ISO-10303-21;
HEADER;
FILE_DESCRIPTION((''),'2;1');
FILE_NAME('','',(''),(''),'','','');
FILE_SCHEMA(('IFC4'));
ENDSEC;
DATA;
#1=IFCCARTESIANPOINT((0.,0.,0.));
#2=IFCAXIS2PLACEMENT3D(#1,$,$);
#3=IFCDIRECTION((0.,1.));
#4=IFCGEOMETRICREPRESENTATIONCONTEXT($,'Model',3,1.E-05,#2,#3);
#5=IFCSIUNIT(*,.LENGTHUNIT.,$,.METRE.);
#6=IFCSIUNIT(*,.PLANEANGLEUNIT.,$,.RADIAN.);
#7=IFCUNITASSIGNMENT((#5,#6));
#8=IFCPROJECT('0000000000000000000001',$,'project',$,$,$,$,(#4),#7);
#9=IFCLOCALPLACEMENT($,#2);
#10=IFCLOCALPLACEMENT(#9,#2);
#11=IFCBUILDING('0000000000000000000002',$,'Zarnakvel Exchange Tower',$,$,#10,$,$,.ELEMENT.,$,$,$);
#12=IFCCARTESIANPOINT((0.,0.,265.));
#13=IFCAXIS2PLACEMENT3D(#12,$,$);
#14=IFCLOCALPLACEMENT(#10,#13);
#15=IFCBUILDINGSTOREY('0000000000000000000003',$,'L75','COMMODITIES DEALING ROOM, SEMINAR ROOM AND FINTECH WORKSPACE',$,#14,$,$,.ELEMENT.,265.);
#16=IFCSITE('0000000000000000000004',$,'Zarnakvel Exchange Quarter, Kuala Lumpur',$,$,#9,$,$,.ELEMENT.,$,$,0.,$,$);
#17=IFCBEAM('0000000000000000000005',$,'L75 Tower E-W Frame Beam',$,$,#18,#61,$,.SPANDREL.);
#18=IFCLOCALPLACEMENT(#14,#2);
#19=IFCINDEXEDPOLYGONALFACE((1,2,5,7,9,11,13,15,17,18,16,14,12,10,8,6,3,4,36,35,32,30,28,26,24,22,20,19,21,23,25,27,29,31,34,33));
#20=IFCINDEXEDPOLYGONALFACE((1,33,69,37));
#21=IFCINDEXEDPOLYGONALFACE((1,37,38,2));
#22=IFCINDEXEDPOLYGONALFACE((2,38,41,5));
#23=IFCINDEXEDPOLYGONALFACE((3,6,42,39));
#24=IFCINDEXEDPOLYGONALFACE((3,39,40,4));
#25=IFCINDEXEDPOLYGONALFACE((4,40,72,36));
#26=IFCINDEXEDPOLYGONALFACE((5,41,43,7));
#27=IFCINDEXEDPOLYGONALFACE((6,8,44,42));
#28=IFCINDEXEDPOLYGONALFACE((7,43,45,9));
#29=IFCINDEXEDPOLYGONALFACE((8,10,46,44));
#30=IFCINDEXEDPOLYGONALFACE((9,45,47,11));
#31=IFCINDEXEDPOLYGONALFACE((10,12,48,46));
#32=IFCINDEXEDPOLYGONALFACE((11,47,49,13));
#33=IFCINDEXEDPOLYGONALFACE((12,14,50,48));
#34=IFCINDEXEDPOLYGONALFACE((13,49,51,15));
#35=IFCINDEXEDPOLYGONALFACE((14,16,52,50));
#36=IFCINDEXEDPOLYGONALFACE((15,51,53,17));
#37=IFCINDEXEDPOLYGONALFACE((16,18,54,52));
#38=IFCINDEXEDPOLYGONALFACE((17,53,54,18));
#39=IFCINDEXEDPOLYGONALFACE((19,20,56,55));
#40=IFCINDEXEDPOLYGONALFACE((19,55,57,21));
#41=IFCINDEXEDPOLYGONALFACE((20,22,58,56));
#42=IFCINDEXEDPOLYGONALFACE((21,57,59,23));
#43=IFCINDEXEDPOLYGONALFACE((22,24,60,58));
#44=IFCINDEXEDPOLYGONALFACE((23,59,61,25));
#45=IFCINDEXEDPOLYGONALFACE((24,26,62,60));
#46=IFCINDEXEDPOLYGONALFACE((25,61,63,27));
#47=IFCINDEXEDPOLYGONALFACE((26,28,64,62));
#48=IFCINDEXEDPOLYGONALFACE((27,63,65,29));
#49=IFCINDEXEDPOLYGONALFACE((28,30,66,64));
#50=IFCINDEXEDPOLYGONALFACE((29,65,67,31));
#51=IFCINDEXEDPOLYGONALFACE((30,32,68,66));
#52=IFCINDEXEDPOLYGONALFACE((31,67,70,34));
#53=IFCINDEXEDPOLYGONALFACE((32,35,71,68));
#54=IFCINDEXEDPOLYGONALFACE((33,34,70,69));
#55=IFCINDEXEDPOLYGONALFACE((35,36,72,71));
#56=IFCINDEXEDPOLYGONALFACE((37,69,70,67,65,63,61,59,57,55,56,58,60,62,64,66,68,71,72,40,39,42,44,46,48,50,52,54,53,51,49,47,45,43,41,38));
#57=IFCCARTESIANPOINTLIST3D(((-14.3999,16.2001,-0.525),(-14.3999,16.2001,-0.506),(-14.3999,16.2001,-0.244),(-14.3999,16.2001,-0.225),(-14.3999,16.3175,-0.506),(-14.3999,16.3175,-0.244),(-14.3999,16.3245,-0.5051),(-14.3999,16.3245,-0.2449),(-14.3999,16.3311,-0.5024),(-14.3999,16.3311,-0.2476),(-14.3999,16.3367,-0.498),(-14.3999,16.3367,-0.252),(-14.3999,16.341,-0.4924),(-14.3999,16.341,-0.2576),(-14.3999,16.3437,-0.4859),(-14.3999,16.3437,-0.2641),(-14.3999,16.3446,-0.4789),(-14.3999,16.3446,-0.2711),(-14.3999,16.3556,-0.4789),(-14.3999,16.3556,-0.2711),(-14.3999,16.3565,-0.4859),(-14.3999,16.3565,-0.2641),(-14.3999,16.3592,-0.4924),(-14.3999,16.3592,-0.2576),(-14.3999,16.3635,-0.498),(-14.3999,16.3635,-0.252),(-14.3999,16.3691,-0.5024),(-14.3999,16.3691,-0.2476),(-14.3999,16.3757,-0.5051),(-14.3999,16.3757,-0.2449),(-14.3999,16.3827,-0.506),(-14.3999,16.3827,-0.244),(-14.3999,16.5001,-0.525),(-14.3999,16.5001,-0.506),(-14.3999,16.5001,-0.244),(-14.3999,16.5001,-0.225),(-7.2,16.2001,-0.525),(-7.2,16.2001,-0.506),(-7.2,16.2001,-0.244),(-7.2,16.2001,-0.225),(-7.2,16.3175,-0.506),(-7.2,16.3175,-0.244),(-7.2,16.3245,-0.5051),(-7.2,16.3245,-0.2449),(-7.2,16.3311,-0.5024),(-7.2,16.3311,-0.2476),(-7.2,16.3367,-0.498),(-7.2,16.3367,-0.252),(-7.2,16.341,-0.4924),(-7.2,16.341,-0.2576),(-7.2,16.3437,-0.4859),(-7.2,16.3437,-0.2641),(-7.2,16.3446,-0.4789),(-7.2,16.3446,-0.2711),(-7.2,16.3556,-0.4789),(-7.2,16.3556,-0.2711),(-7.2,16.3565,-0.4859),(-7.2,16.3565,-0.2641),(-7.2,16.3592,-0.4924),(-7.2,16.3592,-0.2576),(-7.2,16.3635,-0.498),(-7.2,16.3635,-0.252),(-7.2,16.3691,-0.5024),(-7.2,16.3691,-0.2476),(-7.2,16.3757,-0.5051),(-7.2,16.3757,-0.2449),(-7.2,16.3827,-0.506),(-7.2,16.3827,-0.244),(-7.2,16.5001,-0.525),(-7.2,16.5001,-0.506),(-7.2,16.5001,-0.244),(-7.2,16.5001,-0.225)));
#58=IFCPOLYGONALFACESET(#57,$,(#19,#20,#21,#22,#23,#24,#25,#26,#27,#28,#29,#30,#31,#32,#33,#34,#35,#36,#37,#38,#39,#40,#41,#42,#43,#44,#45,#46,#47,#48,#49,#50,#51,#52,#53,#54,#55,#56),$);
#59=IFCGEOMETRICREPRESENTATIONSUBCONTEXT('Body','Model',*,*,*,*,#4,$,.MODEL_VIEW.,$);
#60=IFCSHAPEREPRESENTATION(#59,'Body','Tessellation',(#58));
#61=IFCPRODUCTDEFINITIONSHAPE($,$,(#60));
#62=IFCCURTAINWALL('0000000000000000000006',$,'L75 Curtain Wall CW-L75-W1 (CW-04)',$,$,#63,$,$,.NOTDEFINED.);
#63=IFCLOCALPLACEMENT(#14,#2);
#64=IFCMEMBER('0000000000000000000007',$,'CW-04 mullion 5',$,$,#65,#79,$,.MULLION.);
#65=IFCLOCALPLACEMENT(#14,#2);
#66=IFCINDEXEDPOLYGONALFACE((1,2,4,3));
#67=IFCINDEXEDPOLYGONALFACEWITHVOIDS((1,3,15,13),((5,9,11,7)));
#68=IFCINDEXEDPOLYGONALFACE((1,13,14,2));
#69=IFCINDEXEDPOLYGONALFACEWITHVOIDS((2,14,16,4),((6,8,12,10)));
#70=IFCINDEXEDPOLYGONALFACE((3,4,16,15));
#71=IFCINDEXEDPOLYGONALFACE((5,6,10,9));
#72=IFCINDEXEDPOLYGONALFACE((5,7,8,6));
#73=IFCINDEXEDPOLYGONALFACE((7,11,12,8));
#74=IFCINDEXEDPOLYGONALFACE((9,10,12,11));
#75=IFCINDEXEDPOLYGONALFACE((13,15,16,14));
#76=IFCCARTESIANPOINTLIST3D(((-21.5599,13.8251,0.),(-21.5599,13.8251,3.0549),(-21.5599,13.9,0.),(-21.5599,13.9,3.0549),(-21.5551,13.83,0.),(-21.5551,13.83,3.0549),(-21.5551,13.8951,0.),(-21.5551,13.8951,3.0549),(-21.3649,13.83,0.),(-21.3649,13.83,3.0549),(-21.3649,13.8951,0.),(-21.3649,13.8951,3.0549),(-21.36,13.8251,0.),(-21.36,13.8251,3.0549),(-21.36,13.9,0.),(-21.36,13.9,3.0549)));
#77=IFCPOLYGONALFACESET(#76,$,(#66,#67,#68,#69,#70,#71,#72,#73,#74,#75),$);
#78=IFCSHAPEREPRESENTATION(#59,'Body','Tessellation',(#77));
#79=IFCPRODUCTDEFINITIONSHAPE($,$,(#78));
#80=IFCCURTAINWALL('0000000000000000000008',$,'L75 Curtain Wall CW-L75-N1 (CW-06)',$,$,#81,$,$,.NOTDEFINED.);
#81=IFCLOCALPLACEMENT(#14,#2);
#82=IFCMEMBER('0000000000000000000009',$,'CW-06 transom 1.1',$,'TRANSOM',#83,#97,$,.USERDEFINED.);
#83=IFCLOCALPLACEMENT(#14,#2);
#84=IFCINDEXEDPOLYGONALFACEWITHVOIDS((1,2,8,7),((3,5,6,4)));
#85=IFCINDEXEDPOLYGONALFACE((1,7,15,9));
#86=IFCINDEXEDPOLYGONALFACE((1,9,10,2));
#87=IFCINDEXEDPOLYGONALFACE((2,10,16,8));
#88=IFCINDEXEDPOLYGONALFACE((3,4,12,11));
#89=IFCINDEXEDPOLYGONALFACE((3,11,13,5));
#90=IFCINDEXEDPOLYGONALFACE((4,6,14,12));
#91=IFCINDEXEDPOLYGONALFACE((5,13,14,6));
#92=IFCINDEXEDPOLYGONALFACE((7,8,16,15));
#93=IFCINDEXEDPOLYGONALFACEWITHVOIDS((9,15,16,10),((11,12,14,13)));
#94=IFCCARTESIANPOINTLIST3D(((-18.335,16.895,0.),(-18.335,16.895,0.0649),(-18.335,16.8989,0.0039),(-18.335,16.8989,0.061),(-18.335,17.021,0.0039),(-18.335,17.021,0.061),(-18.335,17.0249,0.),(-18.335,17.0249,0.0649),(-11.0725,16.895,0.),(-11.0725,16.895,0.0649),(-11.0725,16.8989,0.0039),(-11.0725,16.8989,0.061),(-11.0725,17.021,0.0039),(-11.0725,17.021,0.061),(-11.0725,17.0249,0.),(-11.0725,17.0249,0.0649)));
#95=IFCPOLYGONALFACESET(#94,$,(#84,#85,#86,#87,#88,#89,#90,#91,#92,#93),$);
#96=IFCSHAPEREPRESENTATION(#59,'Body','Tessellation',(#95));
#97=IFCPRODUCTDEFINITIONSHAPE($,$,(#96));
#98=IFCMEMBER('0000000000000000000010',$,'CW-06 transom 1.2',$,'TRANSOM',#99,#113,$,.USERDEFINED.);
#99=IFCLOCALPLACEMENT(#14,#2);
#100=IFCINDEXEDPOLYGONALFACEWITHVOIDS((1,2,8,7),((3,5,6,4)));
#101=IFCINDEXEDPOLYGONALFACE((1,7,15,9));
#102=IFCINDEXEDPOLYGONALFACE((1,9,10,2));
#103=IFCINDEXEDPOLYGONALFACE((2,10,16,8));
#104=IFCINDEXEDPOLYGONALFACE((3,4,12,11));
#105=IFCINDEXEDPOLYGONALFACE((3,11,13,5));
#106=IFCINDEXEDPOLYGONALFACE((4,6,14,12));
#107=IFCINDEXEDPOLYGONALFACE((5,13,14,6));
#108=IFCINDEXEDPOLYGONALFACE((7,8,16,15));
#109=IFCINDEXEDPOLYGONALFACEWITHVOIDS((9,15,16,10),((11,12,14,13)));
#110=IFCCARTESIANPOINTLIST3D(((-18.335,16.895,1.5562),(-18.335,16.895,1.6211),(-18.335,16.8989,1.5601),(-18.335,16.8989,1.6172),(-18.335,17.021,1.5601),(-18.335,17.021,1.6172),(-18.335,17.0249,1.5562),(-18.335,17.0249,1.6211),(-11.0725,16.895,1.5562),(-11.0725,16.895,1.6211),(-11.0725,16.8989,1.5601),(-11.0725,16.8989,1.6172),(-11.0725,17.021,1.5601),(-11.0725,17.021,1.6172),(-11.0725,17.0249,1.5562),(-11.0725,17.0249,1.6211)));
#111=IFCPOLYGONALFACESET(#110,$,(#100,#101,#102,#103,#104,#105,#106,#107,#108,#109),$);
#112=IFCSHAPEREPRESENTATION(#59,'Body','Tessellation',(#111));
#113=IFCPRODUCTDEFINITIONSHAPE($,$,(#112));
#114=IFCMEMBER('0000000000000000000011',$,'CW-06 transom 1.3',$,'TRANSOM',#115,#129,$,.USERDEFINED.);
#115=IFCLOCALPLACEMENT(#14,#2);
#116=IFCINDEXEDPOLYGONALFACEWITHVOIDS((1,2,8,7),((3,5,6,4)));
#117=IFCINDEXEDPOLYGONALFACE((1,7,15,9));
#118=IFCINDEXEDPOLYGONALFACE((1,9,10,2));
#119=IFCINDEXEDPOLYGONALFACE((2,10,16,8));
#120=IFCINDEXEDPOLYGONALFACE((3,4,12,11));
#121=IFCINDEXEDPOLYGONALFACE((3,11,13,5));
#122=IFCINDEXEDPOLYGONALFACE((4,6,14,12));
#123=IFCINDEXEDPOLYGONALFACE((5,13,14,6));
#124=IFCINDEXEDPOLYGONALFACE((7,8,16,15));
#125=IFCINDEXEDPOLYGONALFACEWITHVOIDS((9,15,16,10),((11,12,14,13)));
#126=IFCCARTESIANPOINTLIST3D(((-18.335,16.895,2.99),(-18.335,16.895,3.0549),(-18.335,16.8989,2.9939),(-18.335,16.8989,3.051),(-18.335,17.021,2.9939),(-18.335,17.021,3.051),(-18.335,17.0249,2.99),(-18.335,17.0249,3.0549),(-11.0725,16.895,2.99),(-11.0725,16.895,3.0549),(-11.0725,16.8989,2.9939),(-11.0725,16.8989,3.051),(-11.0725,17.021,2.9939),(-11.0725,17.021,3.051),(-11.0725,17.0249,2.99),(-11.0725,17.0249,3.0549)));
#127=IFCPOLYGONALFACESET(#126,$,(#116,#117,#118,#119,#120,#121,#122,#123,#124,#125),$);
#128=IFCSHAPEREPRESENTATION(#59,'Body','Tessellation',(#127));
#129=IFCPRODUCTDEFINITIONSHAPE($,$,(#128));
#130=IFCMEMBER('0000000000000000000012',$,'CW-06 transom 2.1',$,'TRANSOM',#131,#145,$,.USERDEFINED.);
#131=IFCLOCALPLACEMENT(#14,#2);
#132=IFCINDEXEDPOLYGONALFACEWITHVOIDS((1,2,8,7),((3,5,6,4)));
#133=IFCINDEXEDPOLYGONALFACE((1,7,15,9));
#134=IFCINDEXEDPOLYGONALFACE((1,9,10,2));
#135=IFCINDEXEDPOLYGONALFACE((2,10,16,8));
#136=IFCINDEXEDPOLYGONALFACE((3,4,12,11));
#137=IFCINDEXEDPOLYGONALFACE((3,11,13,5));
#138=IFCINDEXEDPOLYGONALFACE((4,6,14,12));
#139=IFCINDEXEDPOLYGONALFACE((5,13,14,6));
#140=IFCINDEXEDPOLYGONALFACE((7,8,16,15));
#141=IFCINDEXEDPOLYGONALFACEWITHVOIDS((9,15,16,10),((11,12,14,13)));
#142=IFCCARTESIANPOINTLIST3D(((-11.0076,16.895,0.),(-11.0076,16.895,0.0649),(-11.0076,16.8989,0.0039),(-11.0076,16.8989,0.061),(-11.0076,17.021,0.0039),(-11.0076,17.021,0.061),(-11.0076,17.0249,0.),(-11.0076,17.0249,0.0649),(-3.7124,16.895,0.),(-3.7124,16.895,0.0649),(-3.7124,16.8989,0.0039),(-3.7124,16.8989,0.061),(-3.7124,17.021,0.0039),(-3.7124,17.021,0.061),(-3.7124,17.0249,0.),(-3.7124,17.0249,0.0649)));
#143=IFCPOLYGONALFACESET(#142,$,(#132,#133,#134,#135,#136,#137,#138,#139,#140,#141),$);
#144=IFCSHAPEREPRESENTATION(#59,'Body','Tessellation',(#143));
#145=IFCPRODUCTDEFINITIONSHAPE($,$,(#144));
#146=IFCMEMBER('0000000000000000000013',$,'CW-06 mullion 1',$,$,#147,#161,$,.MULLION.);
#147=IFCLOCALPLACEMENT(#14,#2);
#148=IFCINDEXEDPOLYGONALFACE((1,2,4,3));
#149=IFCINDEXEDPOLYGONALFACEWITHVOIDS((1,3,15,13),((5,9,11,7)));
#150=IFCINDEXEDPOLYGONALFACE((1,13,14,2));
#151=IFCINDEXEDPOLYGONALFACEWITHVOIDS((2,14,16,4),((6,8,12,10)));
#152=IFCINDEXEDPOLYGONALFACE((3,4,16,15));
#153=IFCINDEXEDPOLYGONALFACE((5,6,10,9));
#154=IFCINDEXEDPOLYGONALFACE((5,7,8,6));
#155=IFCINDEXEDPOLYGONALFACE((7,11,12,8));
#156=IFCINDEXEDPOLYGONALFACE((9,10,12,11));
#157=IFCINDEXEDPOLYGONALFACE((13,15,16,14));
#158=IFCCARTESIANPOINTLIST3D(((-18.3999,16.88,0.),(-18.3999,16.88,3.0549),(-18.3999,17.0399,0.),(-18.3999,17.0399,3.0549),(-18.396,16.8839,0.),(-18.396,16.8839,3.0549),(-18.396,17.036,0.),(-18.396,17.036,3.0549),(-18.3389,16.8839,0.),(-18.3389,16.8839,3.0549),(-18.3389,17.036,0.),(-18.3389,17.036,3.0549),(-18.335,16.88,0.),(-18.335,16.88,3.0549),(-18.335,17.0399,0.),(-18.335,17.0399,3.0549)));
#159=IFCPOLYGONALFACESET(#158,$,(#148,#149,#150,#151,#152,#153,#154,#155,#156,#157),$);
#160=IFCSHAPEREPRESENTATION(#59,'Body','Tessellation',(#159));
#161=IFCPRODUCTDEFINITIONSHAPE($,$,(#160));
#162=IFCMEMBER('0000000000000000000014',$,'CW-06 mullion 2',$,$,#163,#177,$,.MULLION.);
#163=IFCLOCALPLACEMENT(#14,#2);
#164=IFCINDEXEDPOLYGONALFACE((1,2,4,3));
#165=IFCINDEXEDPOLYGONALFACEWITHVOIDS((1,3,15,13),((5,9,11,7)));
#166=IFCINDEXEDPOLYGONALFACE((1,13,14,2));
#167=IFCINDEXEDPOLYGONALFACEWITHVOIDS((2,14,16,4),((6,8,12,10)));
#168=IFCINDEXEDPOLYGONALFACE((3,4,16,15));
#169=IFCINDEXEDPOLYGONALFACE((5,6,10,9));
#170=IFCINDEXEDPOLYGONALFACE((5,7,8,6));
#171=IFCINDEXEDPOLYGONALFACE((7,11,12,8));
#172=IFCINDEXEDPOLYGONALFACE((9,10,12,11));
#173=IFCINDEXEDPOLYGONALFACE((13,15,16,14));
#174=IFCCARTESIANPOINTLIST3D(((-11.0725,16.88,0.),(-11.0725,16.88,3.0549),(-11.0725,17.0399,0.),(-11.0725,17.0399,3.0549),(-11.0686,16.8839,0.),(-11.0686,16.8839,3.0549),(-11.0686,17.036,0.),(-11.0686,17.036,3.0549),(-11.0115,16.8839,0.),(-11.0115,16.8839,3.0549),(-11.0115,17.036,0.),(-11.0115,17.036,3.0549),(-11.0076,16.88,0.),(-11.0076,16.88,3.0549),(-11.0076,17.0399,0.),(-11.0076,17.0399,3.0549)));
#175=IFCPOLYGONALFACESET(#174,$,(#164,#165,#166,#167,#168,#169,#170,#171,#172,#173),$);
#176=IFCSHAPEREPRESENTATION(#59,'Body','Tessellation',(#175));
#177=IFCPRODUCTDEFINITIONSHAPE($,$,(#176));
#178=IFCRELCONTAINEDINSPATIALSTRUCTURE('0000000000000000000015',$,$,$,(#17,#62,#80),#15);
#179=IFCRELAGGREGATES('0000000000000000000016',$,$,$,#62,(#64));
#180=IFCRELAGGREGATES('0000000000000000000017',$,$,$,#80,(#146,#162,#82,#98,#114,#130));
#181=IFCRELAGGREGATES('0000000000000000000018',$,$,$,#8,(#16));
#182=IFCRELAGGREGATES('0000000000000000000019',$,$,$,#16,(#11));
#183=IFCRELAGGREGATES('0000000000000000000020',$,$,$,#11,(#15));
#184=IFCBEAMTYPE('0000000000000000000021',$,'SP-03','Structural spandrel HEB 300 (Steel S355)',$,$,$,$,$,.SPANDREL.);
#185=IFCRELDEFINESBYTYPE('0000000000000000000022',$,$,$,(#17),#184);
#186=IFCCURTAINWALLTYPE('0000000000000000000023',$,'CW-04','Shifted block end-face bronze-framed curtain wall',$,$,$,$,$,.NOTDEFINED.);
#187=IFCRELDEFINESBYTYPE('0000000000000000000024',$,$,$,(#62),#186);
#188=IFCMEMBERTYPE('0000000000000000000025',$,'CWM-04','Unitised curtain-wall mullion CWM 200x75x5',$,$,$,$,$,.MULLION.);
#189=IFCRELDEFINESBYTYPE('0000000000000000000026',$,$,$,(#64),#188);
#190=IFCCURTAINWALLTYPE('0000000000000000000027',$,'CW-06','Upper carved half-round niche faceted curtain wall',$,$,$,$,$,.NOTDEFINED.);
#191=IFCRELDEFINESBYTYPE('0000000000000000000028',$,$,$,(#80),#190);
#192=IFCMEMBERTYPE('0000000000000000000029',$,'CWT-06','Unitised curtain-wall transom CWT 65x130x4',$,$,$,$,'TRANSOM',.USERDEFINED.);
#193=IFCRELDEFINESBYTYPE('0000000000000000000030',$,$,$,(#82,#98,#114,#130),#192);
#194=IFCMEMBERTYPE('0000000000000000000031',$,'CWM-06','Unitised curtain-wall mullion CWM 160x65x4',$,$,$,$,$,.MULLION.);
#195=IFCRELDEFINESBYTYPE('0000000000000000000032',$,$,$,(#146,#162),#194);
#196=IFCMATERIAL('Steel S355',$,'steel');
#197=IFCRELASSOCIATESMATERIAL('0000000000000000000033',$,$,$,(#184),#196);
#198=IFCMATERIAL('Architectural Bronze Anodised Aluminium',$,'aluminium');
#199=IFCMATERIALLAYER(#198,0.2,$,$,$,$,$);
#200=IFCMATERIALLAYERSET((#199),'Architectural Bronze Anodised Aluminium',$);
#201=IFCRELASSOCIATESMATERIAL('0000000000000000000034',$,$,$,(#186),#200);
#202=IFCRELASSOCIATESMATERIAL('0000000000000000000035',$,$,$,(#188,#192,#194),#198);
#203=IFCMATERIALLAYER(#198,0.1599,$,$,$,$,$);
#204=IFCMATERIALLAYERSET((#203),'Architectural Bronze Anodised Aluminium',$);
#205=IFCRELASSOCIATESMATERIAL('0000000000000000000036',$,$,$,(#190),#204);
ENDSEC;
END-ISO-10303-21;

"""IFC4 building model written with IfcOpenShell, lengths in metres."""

from ifc_helpers import new_model, si_unit, direction, frame, origin, origin_2d, place, context, subcontext, project, spatial, hollow_rectangle, i_section, extrude, source, transform, mapped, material, layer, layer_set, material_profile, profile_set, type_object, element, aggregate, save


model = new_model("IFC4")

# Units and contexts
model_context = context("Model", 3, precision=1e-05, world=origin(), true_north=direction((0.0, 1.0)))
body_context = subcontext(model_context, "Body", "Model", "MODEL_VIEW")
ifc_project = project(units=[si_unit("LENGTHUNIT", "METRE"), si_unit("PLANEANGLEUNIT", "RADIAN")], contexts=[model_context])

# Site, building, storey
site_placement = place(None, origin())
site = spatial("IfcSite", under=ifc_project, at=site_placement, Name="Zarnakvel Exchange Quarter, Kuala Lumpur", CompositionType="ELEMENT", RefElevation=0.0)
building_placement = place(site_placement, origin())
building = spatial("IfcBuilding", under=site, at=building_placement, Name="Zarnakvel Exchange Tower", CompositionType="ELEMENT")
storey_placement = place(building_placement, frame((0.0, 0.0, 265.0)))
storey = spatial("IfcBuildingStorey", under=building, at=storey_placement, Name="L75", Description="COMMODITIES DEALING ROOM, SEMINAR ROOM AND FINTECH WORKSPACE", CompositionType="ELEMENT", Elevation=265.0)

# Shared definitions
ifc_material_1 = material(Name="Steel S355", Category="steel")

# Beam
ifc_material_profile_1 = material_profile(ifc_material_1, i_section(OverallWidth=0.3, OverallDepth=0.3, WebThickness=0.011, FlangeThickness=0.019, FilletRadius=0.0271, at=origin_2d()))
ifc_profile_set_1 = profile_set([ifc_material_profile_1], Name="Steel S355")
beam_type_1 = type_object("IfcBeamType", Name="SP-03", Description="Structural spandrel HEB 300 (Steel S355)", PredefinedType="SPANDREL", material=ifc_profile_set_1)
beam_1_placement = place(storey_placement, frame((-14.3999, 16.3501, -0.375), z_axis=(1.0, 0.0, 0.0), x_axis=(0.0, 1.0, 0.0)))
element("IfcBeam", 1, at=beam_1_placement, inside=storey, type_object=beam_type_1, Name="L75 Tower E-W Frame Beam", PredefinedType="SPANDREL", context=body_context, shape_type="SweptSolid", body=[
    extrude(i_section(OverallWidth=0.3, OverallDepth=0.3, WebThickness=0.011, FlangeThickness=0.019, FilletRadius=0.0271, at=origin_2d()), origin(), (0.0, 0.0, 1.0), 7.2),
])

# Curtain wall, member
ifc_material_2 = material(Name="Architectural Bronze Anodised Aluminium", Category="aluminium")
ifc_layer_1 = layer(ifc_material_2, 0.2)
ifc_layer_set_1 = layer_set([ifc_layer_1], Name="Architectural Bronze Anodised Aluminium")
curtain_wall_type_1 = type_object("IfcCurtainWallType", Name="CW-04", Description="Shifted block end-face bronze-framed curtain wall", PredefinedType="NOTDEFINED", material=ifc_layer_set_1)
curtain_wall_1_placement = place(storey_placement, origin())
curtain_wall_1 = element("IfcCurtainWall", 2, at=curtain_wall_1_placement, inside=storey, type_object=curtain_wall_type_1, Name="L75 Curtain Wall CW-L75-W1 (CW-04)", PredefinedType="NOTDEFINED")
ifc_material_profile_2 = material_profile(ifc_material_2, hollow_rectangle(XDim=0.2, YDim=0.075, WallThickness=0.0049, at=origin_2d()))
ifc_profile_set_2 = profile_set([ifc_material_profile_2], Name="Architectural Bronze Anodised Aluminium")
member_type_1 = type_object("IfcMemberType", Name="CWM-04", Description="Unitised curtain-wall mullion CWM 200x75x5", PredefinedType="MULLION", material=ifc_profile_set_2)
shared_shape_1 = source(origin(), body_context, "Body", "SweptSolid", [
    extrude(hollow_rectangle(XDim=0.2, YDim=0.075, WallThickness=0.0049, at=origin_2d()), origin(), (0.0, 0.0, 1.0), 3.0549),
])
member_1_placement = place(storey_placement, frame((-21.46, 13.8625, 0.0), z_axis=(0.0, 0.0, 1.0), x_axis=(-1.0, 0.0, 0.0)))
member_1 = element("IfcMember", 3, at=member_1_placement, type_object=member_type_1, Name="CW-04 mullion 5", PredefinedType="MULLION", context=body_context, shape_type="MappedRepresentation", body=[
    mapped(shared_shape_1, transform((0.0, 0.0, 0.0), x_axis=(1.0, 0.0, 0.0), y_axis=(0.0, 1.0, 0.0), z_axis=(0.0, 0.0, 1.0), scale=1.0)),
])
aggregate(curtain_wall_1, [member_1])

# Curtain wall, members
ifc_layer_2 = layer(ifc_material_2, 0.1599)
ifc_layer_set_2 = layer_set([ifc_layer_2], Name="Architectural Bronze Anodised Aluminium")
curtain_wall_type_2 = type_object("IfcCurtainWallType", Name="CW-06", Description="Upper carved half-round niche faceted curtain wall", PredefinedType="NOTDEFINED", material=ifc_layer_set_2)
curtain_wall_2_placement = place(storey_placement, origin())
curtain_wall_2 = element("IfcCurtainWall", 4, at=curtain_wall_2_placement, inside=storey, type_object=curtain_wall_type_2, Name="L75 Curtain Wall CW-L75-N1 (CW-06)", PredefinedType="NOTDEFINED")
ifc_material_profile_3 = material_profile(ifc_material_2, hollow_rectangle(XDim=0.1299, YDim=0.0649, WallThickness=0.0039, at=origin_2d()))
ifc_profile_set_3 = profile_set([ifc_material_profile_3], Name="Architectural Bronze Anodised Aluminium")
member_type_2 = type_object("IfcMemberType", Name="CWT-06", Description="Unitised curtain-wall transom CWT 65x130x4", ElementType="TRANSOM", PredefinedType="USERDEFINED", material=ifc_profile_set_3)
shared_shape_2 = source(origin(), body_context, "Body", "SweptSolid", [
    extrude(hollow_rectangle(XDim=0.1299, YDim=0.0649, WallThickness=0.0039, at=origin_2d()), origin(), (0.0, 0.0, 1.0), 7.2625),
])
member_2_placement = place(storey_placement, frame((-18.335, 16.96, 0.0325), z_axis=(1.0, 0.0, 0.0), x_axis=(0.0, 1.0, 0.0)))
member_2 = element("IfcMember", 5, at=member_2_placement, type_object=member_type_2, Name="CW-06 transom 1.1", ObjectType="TRANSOM", PredefinedType="USERDEFINED", context=body_context, shape_type="MappedRepresentation", body=[
    mapped(shared_shape_2, transform((0.0, 0.0, 0.0), x_axis=(1.0, 0.0, 0.0), y_axis=(0.0, 1.0, 0.0), z_axis=(0.0, 0.0, 1.0), scale=1.0)),
])
member_3_placement = place(storey_placement, frame((-18.335, 16.96, 1.5886), z_axis=(1.0, 0.0, 0.0), x_axis=(0.0, 1.0, 0.0)))
member_3 = element("IfcMember", 6, at=member_3_placement, type_object=member_type_2, Name="CW-06 transom 1.2", ObjectType="TRANSOM", PredefinedType="USERDEFINED", context=body_context, shape_type="MappedRepresentation", body=[
    mapped(shared_shape_2, transform((0.0, 0.0, 0.0), x_axis=(1.0, 0.0, 0.0), y_axis=(0.0, 1.0, 0.0), z_axis=(0.0, 0.0, 1.0), scale=1.0)),
])
member_4_placement = place(storey_placement, frame((-18.335, 16.96, 3.0225), z_axis=(1.0, 0.0, 0.0), x_axis=(0.0, 1.0, 0.0)))
member_4 = element("IfcMember", 7, at=member_4_placement, type_object=member_type_2, Name="CW-06 transom 1.3", ObjectType="TRANSOM", PredefinedType="USERDEFINED", context=body_context, shape_type="MappedRepresentation", body=[
    mapped(shared_shape_2, transform((0.0, 0.0, 0.0), x_axis=(1.0, 0.0, 0.0), y_axis=(0.0, 1.0, 0.0), z_axis=(0.0, 0.0, 1.0), scale=1.0)),
])
shared_shape_3 = source(origin(), body_context, "Body", "SweptSolid", [
    extrude(hollow_rectangle(XDim=0.1299, YDim=0.0649, WallThickness=0.0039, at=origin_2d()), origin(), (0.0, 0.0, 1.0), 7.2952),
])
member_5_placement = place(storey_placement, frame((-11.0076, 16.96, 0.0325), z_axis=(1.0, 0.0, 0.0), x_axis=(0.0, 1.0, 0.0)))
member_5 = element("IfcMember", 8, at=member_5_placement, type_object=member_type_2, Name="CW-06 transom 2.1", ObjectType="TRANSOM", PredefinedType="USERDEFINED", context=body_context, shape_type="MappedRepresentation", body=[
    mapped(shared_shape_3, transform((0.0, 0.0, 0.0), x_axis=(1.0, 0.0, 0.0), y_axis=(0.0, 1.0, 0.0), z_axis=(0.0, 0.0, 1.0), scale=1.0)),
])
ifc_material_profile_4 = material_profile(ifc_material_2, hollow_rectangle(XDim=0.1599, YDim=0.0649, WallThickness=0.0039, at=origin_2d()))
ifc_profile_set_4 = profile_set([ifc_material_profile_4], Name="Architectural Bronze Anodised Aluminium")
member_type_3 = type_object("IfcMemberType", Name="CWM-06", Description="Unitised curtain-wall mullion CWM 160x65x4", PredefinedType="MULLION", material=ifc_profile_set_4)
shared_shape_4 = source(origin(), body_context, "Body", "SweptSolid", [
    extrude(hollow_rectangle(XDim=0.1599, YDim=0.0649, WallThickness=0.0039, at=origin_2d()), origin(), (0.0, 0.0, 1.0), 3.0549),
])
member_6_placement = place(storey_placement, frame((-18.3674, 16.96, 0.0), z_axis=(0.0, 0.0, 1.0), x_axis=(0.0, 1.0, 0.0)))
member_6 = element("IfcMember", 9, at=member_6_placement, type_object=member_type_3, Name="CW-06 mullion 1", PredefinedType="MULLION", context=body_context, shape_type="MappedRepresentation", body=[
    mapped(shared_shape_4, transform((0.0, 0.0, 0.0), x_axis=(1.0, 0.0, 0.0), y_axis=(0.0, 1.0, 0.0), z_axis=(0.0, 0.0, 1.0), scale=1.0)),
])
member_7_placement = place(storey_placement, frame((-11.04, 16.96, 0.0), z_axis=(0.0, 0.0, 1.0), x_axis=(0.0, 1.0, 0.0)))
member_7 = element("IfcMember", 10, at=member_7_placement, type_object=member_type_3, Name="CW-06 mullion 2", PredefinedType="MULLION", context=body_context, shape_type="MappedRepresentation", body=[
    mapped(shared_shape_4, transform((0.0, 0.0, 0.0), x_axis=(1.0, 0.0, 0.0), y_axis=(0.0, 1.0, 0.0), z_axis=(0.0, 0.0, 1.0), scale=1.0)),
])
aggregate(curtain_wall_2, [member_6, member_7, member_2, member_3, member_4, member_5])

save(model, "model.ifc")
